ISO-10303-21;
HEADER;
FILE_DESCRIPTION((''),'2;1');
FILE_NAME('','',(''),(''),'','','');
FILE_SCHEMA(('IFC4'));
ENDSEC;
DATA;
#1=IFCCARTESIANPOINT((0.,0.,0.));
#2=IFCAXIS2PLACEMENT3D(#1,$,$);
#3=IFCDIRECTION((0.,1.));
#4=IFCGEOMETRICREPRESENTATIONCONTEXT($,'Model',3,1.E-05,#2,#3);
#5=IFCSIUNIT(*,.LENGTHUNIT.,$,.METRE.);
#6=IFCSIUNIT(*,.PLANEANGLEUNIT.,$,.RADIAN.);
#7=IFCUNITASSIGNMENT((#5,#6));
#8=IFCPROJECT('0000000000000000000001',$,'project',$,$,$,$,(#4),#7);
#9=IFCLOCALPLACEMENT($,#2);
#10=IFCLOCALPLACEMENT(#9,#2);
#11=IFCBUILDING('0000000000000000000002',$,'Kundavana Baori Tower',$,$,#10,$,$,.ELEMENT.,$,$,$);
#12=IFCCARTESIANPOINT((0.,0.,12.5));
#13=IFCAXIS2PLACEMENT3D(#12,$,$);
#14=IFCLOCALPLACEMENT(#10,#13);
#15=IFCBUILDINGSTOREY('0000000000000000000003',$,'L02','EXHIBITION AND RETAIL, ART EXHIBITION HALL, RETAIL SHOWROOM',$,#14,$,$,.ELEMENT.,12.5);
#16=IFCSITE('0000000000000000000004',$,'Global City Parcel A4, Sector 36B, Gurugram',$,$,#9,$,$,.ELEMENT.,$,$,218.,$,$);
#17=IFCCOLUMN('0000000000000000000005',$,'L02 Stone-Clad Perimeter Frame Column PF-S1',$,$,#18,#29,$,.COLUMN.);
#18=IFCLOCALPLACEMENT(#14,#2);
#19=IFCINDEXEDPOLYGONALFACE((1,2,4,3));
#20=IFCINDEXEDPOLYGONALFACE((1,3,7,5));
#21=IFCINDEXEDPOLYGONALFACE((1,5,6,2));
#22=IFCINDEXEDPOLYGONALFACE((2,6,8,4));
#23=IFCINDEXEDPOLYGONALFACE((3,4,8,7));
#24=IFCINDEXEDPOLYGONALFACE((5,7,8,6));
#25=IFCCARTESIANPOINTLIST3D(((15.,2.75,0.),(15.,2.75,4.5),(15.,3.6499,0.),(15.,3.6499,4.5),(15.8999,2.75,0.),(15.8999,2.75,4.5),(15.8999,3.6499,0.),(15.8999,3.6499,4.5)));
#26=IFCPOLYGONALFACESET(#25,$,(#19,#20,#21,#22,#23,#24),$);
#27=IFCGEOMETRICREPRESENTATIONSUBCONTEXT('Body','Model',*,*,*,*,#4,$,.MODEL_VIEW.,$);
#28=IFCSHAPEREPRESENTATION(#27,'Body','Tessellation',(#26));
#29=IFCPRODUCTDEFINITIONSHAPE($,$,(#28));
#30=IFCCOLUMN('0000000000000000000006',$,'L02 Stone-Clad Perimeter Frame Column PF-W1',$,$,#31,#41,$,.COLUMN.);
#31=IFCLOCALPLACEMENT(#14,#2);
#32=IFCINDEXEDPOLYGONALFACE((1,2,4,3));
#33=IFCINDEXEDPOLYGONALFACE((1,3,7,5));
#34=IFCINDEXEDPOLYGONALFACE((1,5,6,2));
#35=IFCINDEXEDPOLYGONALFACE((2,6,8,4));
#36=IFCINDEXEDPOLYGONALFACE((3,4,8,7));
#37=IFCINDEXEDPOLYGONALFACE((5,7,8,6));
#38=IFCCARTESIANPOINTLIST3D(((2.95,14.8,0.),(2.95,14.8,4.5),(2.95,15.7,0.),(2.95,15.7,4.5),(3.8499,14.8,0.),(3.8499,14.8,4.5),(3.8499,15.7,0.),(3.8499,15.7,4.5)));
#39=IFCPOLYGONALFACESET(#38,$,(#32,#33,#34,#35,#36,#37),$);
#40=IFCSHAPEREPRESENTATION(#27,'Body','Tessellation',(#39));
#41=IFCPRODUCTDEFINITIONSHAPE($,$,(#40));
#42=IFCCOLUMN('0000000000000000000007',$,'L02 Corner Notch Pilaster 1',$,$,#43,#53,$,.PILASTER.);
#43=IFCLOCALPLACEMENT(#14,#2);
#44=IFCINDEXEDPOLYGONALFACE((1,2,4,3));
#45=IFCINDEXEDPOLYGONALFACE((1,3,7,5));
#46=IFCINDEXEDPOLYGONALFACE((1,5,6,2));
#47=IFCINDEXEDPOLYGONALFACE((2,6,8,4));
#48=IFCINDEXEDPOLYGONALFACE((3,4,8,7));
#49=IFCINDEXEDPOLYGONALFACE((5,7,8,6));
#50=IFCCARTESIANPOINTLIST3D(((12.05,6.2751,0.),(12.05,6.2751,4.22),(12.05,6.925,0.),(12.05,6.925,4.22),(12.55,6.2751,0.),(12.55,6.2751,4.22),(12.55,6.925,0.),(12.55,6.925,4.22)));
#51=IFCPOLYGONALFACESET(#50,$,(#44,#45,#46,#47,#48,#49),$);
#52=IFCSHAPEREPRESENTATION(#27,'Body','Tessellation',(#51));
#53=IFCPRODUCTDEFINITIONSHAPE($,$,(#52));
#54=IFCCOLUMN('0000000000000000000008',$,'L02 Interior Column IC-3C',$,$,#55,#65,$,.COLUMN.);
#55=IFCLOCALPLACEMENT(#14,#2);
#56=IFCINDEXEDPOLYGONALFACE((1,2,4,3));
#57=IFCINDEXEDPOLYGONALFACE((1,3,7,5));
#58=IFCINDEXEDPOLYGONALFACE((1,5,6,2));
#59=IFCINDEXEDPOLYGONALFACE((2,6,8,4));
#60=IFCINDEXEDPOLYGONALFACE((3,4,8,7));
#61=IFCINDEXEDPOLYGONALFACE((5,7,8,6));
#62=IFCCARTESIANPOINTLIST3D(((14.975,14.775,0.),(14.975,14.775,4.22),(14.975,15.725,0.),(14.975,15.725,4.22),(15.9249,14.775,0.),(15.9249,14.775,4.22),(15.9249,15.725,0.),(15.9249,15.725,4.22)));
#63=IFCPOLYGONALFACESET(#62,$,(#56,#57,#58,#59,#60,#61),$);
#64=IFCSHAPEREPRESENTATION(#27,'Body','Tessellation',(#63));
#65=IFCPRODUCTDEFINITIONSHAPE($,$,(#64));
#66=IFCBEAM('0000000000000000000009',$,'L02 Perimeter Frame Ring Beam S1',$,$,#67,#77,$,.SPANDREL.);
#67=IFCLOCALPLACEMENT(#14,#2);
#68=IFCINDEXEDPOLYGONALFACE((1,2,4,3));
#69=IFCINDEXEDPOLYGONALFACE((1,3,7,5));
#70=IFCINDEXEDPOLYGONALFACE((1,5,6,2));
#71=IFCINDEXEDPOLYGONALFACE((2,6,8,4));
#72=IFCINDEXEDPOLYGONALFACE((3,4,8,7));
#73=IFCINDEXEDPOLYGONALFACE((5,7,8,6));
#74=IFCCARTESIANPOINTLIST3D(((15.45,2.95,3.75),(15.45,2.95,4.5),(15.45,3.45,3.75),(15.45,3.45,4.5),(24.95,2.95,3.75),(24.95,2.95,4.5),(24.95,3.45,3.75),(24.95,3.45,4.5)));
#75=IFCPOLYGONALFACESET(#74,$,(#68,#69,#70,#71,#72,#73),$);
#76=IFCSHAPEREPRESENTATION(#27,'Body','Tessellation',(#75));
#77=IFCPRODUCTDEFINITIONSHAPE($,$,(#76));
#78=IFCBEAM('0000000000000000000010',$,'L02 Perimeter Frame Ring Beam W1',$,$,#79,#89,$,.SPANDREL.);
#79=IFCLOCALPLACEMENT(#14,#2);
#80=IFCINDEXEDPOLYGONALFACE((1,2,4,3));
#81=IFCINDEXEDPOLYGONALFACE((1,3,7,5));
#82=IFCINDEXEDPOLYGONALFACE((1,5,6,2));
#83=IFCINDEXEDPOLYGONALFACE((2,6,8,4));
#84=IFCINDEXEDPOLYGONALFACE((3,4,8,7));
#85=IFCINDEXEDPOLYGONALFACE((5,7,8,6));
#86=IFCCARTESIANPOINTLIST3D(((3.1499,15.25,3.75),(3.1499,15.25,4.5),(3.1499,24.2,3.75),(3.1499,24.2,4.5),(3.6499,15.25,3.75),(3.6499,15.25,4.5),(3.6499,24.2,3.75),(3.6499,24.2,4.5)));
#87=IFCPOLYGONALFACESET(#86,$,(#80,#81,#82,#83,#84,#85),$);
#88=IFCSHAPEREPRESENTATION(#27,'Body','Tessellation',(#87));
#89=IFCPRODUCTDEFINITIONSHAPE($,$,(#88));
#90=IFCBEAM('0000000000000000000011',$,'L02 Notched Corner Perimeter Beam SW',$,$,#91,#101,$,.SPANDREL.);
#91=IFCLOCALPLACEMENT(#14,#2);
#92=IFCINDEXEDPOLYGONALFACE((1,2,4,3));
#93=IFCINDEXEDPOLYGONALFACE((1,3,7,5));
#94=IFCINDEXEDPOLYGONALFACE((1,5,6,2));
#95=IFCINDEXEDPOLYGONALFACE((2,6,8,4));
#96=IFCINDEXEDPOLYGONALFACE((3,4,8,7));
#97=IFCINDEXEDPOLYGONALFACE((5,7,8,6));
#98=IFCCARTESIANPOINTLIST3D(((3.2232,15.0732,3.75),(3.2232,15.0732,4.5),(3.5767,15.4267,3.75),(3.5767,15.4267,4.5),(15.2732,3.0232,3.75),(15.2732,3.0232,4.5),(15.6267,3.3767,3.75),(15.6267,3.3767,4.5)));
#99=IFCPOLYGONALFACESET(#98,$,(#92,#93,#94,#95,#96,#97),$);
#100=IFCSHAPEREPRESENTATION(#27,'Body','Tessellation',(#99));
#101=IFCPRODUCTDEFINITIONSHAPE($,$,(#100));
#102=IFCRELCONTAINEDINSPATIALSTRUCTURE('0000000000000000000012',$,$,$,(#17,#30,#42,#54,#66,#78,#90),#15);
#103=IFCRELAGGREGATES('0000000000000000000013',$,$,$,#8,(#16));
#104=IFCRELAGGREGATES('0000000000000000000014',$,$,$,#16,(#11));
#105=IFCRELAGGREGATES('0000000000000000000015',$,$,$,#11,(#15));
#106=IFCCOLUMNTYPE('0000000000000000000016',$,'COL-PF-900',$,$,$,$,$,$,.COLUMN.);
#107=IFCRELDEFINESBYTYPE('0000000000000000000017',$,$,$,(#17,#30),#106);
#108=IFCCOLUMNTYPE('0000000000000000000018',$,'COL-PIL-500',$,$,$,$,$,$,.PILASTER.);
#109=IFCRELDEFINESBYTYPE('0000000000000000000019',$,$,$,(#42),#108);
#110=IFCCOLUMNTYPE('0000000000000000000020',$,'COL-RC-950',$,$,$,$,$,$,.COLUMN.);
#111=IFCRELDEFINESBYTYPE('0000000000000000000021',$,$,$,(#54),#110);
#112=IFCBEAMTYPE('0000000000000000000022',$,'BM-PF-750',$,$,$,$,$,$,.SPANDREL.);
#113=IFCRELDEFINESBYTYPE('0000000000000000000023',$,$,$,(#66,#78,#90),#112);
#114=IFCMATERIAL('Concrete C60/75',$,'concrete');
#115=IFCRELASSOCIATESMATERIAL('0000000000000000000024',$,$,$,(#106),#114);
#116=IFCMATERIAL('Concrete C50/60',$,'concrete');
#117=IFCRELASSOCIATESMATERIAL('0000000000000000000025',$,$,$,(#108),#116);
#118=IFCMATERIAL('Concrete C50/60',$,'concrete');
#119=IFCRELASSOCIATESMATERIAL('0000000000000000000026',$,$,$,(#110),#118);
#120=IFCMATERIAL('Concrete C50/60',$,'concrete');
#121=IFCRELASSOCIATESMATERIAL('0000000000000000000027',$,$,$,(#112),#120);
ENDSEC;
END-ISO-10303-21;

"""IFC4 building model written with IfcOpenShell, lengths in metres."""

from ifc_helpers import new_model, si_unit, direction, frame, origin, origin_2d, place, context, subcontext, project, spatial, rectangle, extrude, material, material_profile, profile_set, type_object, element, save


model = new_model("IFC4")

# Units and contexts
model_context = context("Model", 3, precision=1e-05, world=origin(), true_north=direction((0.0, 1.0)))
body_context = subcontext(model_context, "Body", "Model", "MODEL_VIEW")
ifc_project = project(units=[si_unit("LENGTHUNIT", "METRE"), si_unit("PLANEANGLEUNIT", "RADIAN")], contexts=[model_context])

# Site, building, storey
site_placement = place(None, origin())
site = spatial("IfcSite", under=ifc_project, at=site_placement, Name="Global City Parcel A4, Sector 36B, Gurugram", CompositionType="ELEMENT", RefElevation=218.0)
building_placement = place(site_placement, origin())
building = spatial("IfcBuilding", under=site, at=building_placement, Name="Kundavana Baori Tower", CompositionType="ELEMENT")
storey_placement = place(building_placement, frame((0.0, 0.0, 12.5)))
storey = spatial("IfcBuildingStorey", under=building, at=storey_placement, Name="L02", Description="EXHIBITION AND RETAIL, ART EXHIBITION HALL, RETAIL SHOWROOM", CompositionType="ELEMENT", Elevation=12.5)

# Columns
ifc_material_1 = material(Name="Concrete C60/75", Category="concrete")
ifc_material_profile_1 = material_profile(ifc_material_1, rectangle(XDim=0.8999, YDim=0.8999, at=origin_2d()), Name="RC PF 900x900")
ifc_profile_set_1 = profile_set([ifc_material_profile_1], Name="Concrete C60/75")
column_type_1 = type_object("IfcColumnType", Name="COL-PF-900", PredefinedType="COLUMN", material=ifc_profile_set_1)
for number, where, z_axis, x_axis, name in (
    (1, (15.45, 3.2, 0.0), (0.0, 0.0, 1.0), (1.0, 0.0, 0.0), "L02 Stone-Clad Perimeter Frame Column PF-S1"),
    (2, (3.3999, 15.25, 0.0), (0.0, 0.0, 1.0), (1.0, 0.0, 0.0), "L02 Stone-Clad Perimeter Frame Column PF-W1"),
):
    element("IfcColumn", number, at=place(storey_placement, frame(where, z_axis=z_axis, x_axis=x_axis)), inside=storey, type_object=column_type_1, Name=name, PredefinedType="COLUMN", context=body_context, shape_type="SweptSolid", body=[
        extrude(rectangle(XDim=0.8999, YDim=0.8999, at=origin_2d()), origin(), (0.0, 0.0, 1.0), 4.5),
    ])
ifc_material_2 = material(Name="Concrete C50/60", Category="concrete")
ifc_material_profile_2 = material_profile(ifc_material_2, rectangle(XDim=0.5, YDim=0.6499, at=origin_2d()), Name="RC PIL 500x650")
ifc_profile_set_2 = profile_set([ifc_material_profile_2], Name="Concrete C50/60")
column_type_2 = type_object("IfcColumnType", Name="COL-PIL-500", PredefinedType="PILASTER", material=ifc_profile_set_2)
column_1_placement = place(storey_placement, frame((12.3, 6.6001, 0.0), z_axis=(0.0, 0.0, 1.0), x_axis=(1.0, 0.0, 0.0)))
element("IfcColumn", 3, at=column_1_placement, inside=storey, type_object=column_type_2, Name="L02 Corner Notch Pilaster 1", PredefinedType="PILASTER", context=body_context, shape_type="SweptSolid", body=[
    extrude(rectangle(XDim=0.5, YDim=0.6499, at=origin_2d()), origin(), (0.0, 0.0, 1.0), 4.22),
])
ifc_material_3 = material(Name="Concrete C50/60", Category="concrete")
ifc_material_profile_3 = material_profile(ifc_material_3, rectangle(XDim=0.95, YDim=0.95, at=origin_2d()), Name="RC 950x950")
ifc_profile_set_3 = profile_set([ifc_material_profile_3], Name="Concrete C50/60")
column_type_3 = type_object("IfcColumnType", Name="COL-RC-950", PredefinedType="COLUMN", material=ifc_profile_set_3)
column_2_placement = place(storey_placement, frame((15.45, 15.25, 0.0), z_axis=(0.0, 0.0, 1.0), x_axis=(1.0, 0.0, 0.0)))
element("IfcColumn", 4, at=column_2_placement, inside=storey, type_object=column_type_3, Name="L02 Interior Column IC-3C", PredefinedType="COLUMN", context=body_context, shape_type="SweptSolid", body=[
    extrude(rectangle(XDim=0.95, YDim=0.95, at=origin_2d()), origin(), (0.0, 0.0, 1.0), 4.22),
])

# Beams
ifc_material_4 = material(Name="Concrete C50/60", Category="concrete")
ifc_material_profile_4 = material_profile(ifc_material_4, rectangle(XDim=0.5, YDim=0.75, at=origin_2d()), Name="RC BM 500x750")
ifc_profile_set_4 = profile_set([ifc_material_profile_4], Name="Concrete C50/60")
beam_type = type_object("IfcBeamType", Name="BM-PF-750", PredefinedType="SPANDREL", material=ifc_profile_set_4)
beam_1_placement = place(storey_placement, frame((15.45, 3.2, 4.125), z_axis=(1.0, 0.0, 0.0), x_axis=(0.0, 1.0, 0.0)))
element("IfcBeam", 5, at=beam_1_placement, inside=storey, type_object=beam_type, Name="L02 Perimeter Frame Ring Beam S1", PredefinedType="SPANDREL", context=body_context, shape_type="SweptSolid", body=[
    extrude(rectangle(XDim=0.5, YDim=0.75, at=origin_2d()), origin(), (0.0, 0.0, 1.0), 9.5),
])
beam_2_placement = place(storey_placement, frame((3.3999, 15.25, 4.125), z_axis=(0.0, 1.0, 0.0), x_axis=(-1.0, 0.0, 0.0)))
element("IfcBeam", 6, at=beam_2_placement, inside=storey, type_object=beam_type, Name="L02 Perimeter Frame Ring Beam W1", PredefinedType="SPANDREL", context=body_context, shape_type="SweptSolid", body=[
    extrude(rectangle(XDim=0.5, YDim=0.75, at=origin_2d()), origin(), (0.0, 0.0, 1.0), 8.95),
])
beam_3_placement = place(storey_placement, frame((15.45, 3.2, 4.125), z_axis=(-0.707107, 0.707107, 0.0), x_axis=(-0.707107, -0.707107, 0.0)))
element("IfcBeam", 7, at=beam_3_placement, inside=storey, type_object=beam_type, Name="L02 Notched Corner Perimeter Beam SW", PredefinedType="SPANDREL", context=body_context, shape_type="SweptSolid", body=[
    extrude(rectangle(XDim=0.5, YDim=0.75, at=origin_2d()), origin(), (0.0, 0.0, 1.0), 17.0413),
])

save(model, "model.ifc")
